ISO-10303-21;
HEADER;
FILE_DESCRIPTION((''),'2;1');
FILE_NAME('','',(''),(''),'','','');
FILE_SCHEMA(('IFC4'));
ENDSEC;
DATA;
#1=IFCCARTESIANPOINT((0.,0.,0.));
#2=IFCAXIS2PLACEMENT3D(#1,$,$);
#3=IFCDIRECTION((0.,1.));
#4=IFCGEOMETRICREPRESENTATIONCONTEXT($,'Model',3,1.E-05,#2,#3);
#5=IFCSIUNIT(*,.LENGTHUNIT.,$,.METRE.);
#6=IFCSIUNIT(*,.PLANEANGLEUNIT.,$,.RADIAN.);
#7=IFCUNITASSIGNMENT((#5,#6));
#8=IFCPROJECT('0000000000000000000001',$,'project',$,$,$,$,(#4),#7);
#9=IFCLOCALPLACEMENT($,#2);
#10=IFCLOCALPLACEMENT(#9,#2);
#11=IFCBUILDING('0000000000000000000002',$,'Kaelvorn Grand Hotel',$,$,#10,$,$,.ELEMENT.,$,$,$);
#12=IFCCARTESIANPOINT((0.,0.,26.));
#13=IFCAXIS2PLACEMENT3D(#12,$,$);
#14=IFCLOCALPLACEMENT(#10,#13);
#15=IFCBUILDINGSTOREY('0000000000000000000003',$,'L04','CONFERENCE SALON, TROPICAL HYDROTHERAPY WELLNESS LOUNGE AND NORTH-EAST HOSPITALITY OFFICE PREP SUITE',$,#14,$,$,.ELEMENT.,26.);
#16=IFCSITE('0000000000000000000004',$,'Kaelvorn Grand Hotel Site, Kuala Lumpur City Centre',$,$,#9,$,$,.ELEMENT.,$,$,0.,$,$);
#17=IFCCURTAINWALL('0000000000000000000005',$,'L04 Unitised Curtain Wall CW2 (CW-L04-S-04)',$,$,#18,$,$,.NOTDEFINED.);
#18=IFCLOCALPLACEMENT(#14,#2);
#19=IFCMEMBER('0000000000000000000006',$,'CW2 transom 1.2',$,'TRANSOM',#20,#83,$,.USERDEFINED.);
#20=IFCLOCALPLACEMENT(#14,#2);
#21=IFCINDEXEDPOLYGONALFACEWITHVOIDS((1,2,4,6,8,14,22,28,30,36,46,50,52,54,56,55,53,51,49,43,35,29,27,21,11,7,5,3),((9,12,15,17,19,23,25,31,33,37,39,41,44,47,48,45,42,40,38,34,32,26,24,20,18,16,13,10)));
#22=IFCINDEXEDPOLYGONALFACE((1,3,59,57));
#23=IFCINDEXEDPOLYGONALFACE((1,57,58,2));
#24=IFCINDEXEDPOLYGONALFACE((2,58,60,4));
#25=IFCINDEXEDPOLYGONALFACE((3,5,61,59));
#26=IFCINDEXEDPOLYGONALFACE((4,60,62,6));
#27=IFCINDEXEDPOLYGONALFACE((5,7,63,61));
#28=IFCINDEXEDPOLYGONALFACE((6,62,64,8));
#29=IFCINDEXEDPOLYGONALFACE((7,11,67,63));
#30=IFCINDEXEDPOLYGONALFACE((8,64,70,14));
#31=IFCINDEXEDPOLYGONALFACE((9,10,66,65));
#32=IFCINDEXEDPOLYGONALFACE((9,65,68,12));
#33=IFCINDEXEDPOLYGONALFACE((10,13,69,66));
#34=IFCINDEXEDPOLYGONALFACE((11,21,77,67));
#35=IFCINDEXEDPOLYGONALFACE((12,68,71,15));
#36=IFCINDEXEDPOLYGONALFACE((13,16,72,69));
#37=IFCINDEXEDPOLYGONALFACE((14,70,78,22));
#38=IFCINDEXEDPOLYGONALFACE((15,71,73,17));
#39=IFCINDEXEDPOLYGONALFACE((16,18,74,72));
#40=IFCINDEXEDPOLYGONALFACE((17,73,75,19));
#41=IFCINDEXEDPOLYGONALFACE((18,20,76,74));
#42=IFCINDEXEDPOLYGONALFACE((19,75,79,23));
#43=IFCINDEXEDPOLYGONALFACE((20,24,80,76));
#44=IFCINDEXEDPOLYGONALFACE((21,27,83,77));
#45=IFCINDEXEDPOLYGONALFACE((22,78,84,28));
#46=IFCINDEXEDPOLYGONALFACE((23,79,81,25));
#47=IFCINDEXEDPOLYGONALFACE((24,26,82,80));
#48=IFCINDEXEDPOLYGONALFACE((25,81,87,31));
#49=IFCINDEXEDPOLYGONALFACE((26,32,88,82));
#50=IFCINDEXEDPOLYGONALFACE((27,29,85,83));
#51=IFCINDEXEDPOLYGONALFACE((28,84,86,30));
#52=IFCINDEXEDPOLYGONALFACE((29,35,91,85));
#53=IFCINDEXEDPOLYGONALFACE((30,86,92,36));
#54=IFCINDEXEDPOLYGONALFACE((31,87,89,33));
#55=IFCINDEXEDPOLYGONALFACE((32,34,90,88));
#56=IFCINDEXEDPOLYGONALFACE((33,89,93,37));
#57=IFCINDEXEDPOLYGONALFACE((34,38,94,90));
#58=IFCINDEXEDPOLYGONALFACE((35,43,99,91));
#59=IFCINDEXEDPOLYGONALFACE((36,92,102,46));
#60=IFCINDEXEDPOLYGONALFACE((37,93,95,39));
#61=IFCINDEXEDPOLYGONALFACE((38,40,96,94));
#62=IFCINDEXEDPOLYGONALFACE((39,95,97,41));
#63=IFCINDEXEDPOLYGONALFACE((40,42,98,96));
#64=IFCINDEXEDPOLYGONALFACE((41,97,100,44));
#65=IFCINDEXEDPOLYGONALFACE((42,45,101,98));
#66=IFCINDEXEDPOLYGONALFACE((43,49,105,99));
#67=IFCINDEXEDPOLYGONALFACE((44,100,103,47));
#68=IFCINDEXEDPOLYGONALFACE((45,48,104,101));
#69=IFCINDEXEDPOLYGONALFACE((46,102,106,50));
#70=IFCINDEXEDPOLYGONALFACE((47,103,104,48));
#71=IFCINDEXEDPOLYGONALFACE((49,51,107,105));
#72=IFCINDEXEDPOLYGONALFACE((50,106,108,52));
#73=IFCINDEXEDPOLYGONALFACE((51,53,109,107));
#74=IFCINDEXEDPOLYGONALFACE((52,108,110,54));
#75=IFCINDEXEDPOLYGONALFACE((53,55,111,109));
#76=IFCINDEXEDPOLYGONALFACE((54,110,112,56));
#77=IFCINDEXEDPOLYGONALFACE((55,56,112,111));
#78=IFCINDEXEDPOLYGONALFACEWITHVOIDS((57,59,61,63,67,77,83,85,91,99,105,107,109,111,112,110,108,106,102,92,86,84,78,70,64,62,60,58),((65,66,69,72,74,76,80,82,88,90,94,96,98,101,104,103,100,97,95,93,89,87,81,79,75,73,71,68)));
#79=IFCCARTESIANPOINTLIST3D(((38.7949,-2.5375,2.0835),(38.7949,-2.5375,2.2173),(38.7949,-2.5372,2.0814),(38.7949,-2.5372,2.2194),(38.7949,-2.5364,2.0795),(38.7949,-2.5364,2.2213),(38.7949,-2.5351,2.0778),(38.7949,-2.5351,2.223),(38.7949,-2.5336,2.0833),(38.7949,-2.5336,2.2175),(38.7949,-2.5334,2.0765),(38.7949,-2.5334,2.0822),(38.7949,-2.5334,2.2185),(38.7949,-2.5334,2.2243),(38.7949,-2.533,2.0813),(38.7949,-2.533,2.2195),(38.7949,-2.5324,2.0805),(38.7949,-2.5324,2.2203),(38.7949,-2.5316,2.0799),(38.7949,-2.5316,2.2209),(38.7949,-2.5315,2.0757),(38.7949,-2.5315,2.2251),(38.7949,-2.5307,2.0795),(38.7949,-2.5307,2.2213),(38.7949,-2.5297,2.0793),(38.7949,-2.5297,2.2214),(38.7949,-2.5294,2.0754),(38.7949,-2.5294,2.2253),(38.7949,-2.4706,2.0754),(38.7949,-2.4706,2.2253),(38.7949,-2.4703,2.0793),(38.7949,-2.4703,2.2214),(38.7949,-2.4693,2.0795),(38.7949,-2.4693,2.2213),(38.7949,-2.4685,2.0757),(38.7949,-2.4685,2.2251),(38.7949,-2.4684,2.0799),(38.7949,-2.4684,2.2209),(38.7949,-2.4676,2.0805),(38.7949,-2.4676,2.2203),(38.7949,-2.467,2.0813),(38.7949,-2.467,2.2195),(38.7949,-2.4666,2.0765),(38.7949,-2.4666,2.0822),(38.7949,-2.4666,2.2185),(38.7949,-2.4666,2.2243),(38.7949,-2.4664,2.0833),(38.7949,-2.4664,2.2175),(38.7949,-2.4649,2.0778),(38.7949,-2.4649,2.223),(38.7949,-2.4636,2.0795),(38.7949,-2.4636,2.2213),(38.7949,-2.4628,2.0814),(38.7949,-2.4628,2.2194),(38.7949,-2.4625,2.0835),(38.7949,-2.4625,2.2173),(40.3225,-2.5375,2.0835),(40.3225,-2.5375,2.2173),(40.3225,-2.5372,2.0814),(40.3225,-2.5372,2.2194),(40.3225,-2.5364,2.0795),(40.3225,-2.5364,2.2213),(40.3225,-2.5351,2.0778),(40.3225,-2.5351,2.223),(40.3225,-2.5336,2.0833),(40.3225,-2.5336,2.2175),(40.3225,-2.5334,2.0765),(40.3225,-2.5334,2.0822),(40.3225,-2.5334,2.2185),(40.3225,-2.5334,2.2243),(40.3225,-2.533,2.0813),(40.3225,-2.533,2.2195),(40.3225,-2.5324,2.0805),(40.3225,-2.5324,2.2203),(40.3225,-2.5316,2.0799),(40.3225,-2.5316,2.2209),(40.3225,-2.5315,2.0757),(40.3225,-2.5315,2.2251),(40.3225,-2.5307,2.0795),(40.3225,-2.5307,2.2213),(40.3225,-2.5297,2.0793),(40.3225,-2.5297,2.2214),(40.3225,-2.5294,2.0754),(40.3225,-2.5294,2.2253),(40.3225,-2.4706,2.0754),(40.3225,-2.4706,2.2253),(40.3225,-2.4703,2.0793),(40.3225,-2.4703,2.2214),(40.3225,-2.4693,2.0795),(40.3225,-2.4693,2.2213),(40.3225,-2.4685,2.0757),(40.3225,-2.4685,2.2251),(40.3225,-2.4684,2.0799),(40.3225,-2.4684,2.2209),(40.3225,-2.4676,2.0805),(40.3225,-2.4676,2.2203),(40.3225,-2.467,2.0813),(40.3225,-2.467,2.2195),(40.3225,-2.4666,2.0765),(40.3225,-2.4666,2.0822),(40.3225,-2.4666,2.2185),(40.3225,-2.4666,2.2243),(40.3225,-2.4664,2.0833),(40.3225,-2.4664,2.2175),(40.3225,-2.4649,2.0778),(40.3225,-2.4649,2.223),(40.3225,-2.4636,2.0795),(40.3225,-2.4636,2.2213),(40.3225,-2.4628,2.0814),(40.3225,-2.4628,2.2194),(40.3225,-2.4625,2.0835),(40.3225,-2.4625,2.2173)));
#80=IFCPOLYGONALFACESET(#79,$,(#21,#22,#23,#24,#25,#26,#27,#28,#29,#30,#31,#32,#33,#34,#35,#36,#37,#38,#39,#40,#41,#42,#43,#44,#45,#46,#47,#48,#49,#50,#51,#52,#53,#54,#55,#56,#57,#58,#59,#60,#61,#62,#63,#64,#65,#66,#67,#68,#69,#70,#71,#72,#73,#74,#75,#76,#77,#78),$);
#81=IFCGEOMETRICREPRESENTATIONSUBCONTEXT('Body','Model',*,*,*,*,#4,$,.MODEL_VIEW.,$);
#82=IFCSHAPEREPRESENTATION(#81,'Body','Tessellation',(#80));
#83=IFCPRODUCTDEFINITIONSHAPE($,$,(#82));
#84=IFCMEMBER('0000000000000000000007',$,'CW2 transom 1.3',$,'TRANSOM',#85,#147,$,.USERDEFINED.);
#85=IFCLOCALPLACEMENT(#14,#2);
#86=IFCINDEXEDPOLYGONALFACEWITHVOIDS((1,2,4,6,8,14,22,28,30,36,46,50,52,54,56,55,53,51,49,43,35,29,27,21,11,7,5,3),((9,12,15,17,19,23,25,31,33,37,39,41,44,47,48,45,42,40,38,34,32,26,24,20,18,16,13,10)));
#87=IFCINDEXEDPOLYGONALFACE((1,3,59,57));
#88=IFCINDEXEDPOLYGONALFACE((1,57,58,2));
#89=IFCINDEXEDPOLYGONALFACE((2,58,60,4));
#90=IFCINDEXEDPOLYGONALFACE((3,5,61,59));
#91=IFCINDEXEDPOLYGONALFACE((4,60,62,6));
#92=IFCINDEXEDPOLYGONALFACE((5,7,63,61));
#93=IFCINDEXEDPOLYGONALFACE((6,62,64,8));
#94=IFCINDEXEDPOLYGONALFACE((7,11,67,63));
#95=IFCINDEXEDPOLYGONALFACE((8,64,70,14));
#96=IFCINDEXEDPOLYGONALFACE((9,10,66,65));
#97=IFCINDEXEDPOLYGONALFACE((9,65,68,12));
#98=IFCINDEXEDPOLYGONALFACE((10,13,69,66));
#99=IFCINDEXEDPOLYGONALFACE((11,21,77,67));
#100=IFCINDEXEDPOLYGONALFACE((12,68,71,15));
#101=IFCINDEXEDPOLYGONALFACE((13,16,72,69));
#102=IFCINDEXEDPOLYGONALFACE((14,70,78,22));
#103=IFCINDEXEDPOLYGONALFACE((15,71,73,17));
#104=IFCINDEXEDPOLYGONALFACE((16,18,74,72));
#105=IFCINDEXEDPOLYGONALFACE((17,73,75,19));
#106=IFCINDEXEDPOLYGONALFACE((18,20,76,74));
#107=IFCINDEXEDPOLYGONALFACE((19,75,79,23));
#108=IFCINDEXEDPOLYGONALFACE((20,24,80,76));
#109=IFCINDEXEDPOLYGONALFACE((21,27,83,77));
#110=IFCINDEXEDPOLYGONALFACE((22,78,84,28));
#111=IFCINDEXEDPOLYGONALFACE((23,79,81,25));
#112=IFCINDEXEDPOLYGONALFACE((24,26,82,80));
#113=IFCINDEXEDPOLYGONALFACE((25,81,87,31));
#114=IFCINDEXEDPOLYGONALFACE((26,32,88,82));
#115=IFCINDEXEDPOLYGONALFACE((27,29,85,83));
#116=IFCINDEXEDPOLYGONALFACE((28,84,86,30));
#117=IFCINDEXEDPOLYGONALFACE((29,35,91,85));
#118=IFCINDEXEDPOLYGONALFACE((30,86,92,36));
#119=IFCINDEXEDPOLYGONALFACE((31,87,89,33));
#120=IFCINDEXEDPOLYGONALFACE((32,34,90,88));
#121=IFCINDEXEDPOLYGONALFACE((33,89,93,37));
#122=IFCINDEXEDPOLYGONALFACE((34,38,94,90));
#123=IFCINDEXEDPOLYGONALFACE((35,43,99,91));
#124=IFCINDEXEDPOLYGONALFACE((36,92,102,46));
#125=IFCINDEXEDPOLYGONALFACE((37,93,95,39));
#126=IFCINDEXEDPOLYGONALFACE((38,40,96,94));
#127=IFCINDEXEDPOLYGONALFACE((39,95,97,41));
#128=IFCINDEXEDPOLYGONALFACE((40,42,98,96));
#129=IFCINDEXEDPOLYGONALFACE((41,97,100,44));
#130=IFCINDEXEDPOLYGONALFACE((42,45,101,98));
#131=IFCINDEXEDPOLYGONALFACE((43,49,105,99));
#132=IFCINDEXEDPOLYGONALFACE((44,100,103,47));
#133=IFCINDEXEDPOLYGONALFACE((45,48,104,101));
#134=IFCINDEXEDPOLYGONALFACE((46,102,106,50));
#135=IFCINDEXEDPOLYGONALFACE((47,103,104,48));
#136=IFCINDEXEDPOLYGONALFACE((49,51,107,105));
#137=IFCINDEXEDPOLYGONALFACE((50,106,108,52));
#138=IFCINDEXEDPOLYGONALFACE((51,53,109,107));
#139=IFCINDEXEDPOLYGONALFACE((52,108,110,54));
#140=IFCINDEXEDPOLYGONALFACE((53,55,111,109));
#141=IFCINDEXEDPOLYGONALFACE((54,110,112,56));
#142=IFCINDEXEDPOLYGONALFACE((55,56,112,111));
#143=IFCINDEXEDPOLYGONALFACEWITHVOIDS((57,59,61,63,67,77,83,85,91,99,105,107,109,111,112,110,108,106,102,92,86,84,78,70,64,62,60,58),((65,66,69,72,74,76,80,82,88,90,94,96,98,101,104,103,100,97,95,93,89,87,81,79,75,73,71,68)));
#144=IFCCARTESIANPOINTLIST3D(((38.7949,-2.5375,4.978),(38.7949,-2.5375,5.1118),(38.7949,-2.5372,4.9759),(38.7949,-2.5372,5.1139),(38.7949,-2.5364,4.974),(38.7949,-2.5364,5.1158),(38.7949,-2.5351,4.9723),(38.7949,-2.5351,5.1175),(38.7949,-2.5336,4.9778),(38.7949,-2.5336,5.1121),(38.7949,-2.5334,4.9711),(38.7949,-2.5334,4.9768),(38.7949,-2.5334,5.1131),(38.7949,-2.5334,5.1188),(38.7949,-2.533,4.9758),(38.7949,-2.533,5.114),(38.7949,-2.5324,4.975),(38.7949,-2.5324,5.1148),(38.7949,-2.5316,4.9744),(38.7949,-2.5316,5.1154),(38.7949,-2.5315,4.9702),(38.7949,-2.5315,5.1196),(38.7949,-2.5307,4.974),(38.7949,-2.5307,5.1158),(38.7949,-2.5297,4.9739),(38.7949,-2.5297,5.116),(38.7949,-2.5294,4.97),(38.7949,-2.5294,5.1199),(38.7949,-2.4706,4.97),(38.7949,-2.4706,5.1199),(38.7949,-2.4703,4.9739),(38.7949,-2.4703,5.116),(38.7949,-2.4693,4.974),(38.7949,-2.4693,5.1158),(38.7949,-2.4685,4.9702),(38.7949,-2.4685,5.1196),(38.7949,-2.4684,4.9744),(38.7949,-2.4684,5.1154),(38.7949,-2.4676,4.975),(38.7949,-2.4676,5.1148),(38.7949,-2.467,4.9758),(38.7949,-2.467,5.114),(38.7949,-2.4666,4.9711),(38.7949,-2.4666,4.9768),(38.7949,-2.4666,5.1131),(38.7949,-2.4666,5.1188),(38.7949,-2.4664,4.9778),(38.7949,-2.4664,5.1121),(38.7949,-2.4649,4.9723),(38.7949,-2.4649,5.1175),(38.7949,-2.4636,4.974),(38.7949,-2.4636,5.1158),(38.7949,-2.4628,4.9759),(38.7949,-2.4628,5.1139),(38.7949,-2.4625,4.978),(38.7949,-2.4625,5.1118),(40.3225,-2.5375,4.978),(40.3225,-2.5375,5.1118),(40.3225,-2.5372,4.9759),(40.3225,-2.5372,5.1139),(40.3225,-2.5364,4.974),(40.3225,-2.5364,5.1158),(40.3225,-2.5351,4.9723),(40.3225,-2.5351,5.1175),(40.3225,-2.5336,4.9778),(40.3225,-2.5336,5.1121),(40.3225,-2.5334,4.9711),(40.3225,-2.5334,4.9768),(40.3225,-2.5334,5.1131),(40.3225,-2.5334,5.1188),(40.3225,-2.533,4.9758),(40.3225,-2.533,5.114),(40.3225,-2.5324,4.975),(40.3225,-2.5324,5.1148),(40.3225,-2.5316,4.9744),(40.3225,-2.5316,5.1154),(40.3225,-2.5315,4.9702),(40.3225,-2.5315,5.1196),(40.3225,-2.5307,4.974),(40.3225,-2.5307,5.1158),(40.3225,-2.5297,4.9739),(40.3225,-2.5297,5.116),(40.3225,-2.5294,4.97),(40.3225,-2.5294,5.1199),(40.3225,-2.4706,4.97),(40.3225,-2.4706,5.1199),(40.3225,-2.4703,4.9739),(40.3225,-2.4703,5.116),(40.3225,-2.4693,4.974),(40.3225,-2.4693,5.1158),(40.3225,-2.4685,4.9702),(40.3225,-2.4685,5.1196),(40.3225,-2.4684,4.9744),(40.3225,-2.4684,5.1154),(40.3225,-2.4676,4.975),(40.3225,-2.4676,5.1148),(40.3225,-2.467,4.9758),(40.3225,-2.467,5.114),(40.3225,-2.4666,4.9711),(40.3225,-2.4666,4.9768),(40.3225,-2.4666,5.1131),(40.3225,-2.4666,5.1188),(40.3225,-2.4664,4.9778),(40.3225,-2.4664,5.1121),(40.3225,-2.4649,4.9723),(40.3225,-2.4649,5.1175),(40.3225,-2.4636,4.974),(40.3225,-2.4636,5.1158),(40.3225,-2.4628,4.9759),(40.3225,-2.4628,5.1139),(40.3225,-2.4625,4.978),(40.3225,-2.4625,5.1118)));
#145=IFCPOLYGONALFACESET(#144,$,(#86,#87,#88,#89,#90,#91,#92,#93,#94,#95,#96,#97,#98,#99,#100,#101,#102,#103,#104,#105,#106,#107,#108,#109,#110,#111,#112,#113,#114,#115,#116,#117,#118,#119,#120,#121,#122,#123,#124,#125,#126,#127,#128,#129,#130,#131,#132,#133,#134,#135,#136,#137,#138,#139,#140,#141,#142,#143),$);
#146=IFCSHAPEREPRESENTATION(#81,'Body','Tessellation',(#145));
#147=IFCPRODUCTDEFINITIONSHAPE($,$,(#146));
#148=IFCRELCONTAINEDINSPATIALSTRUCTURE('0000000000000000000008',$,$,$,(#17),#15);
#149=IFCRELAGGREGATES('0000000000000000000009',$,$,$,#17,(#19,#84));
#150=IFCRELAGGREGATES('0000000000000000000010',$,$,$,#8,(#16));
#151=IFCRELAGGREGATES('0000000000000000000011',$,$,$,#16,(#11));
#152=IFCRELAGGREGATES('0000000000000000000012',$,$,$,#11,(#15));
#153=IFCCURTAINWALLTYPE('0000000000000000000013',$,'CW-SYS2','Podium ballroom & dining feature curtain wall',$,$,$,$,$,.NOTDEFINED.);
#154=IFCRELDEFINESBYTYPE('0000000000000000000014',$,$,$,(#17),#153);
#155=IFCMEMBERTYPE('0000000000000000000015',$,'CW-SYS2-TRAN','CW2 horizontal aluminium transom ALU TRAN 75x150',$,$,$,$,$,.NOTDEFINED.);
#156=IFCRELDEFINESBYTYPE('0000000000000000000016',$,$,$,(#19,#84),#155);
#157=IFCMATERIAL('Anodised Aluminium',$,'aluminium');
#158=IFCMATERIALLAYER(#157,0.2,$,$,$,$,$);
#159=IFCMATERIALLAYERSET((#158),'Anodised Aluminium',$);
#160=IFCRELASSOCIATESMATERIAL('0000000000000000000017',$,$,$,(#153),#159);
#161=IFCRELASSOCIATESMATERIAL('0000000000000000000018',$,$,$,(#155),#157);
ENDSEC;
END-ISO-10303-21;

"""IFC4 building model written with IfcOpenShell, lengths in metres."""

from ifc_helpers import new_model, si_unit, direction, frame, origin, origin_2d, place, context, subcontext, project, spatial, hollow_rectangle, extrude, material, layer, layer_set, material_profile, profile_set, type_object, element, aggregate, save


model = new_model("IFC4")

# Units and contexts
model_context = context("Model", 3, precision=1e-05, world=origin(), true_north=direction((0.0, 1.0)))
body_context = subcontext(model_context, "Body", "Model", "MODEL_VIEW")
ifc_project = project(units=[si_unit("LENGTHUNIT", "METRE"), si_unit("PLANEANGLEUNIT", "RADIAN")], contexts=[model_context])

# Site, building, storey
site_placement = place(None, origin())
site = spatial("IfcSite", under=ifc_project, at=site_placement, Name="Kaelvorn Grand Hotel Site, Kuala Lumpur City Centre", CompositionType="ELEMENT", RefElevation=0.0)
building_placement = place(site_placement, origin())
building = spatial("IfcBuilding", under=site, at=building_placement, Name="Kaelvorn Grand Hotel", CompositionType="ELEMENT")
storey_placement = place(building_placement, frame((0.0, 0.0, 26.0)))
storey = spatial("IfcBuildingStorey", under=building, at=storey_placement, Name="L04", Description="CONFERENCE SALON, TROPICAL HYDROTHERAPY WELLNESS LOUNGE AND NORTH-EAST HOSPITALITY OFFICE PREP SUITE", CompositionType="ELEMENT", Elevation=26.0)

# Curtain wall
ifc_material_1 = material(Name="Anodised Aluminium", Category="aluminium")
ifc_layer_1 = layer(ifc_material_1, 0.2)
ifc_layer_set_1 = layer_set([ifc_layer_1], Name="Anodised Aluminium")
curtain_wall_type = type_object("IfcCurtainWallType", Name="CW-SYS2", Description="Podium ballroom & dining feature curtain wall", PredefinedType="NOTDEFINED", material=ifc_layer_set_1)
curtain_wall_1_placement = place(storey_placement, origin())
curtain_wall_1 = element("IfcCurtainWall", 1, at=curtain_wall_1_placement, inside=storey, type_object=curtain_wall_type, Name="L04 Unitised Curtain Wall CW2 (CW-L04-S-04)", PredefinedType="NOTDEFINED")

# Members
ifc_material_profile_1 = material_profile(ifc_material_1, hollow_rectangle(XDim=0.075, YDim=0.1499, WallThickness=0.0039, InnerFilletRadius=0.0039, OuterFilletRadius=0.0081, at=origin_2d()), Name="ALU TRAN 75x150")
ifc_profile_set_1 = profile_set([ifc_material_profile_1], Name="Anodised Aluminium")
member_type_1 = type_object("IfcMemberType", Name="CW-SYS2-TRAN", Description="CW2 horizontal aluminium transom ALU TRAN 75x150", PredefinedType="NOTDEFINED", material=ifc_profile_set_1)
member_1_placement = place(storey_placement, frame((38.7949, -2.5, 2.1504), z_axis=(1.0, 0.0, 0.0), x_axis=(0.0, 1.0, 0.0)))
member_1 = element("IfcMember", 2, at=member_1_placement, type_object=member_type_1, Name="CW2 transom 1.2", ObjectType="TRANSOM", PredefinedType="USERDEFINED", context=body_context, shape_type="SweptSolid", body=[
    extrude(hollow_rectangle(XDim=0.075, YDim=0.1499, WallThickness=0.0039, InnerFilletRadius=0.0039, OuterFilletRadius=0.0081, at=origin_2d()), origin(), (0.0, 0.0, 1.0), 1.5276),
])
member_2_placement = place(storey_placement, frame((38.7949, -2.5, 5.0449), z_axis=(1.0, 0.0, 0.0), x_axis=(0.0, 1.0, 0.0)))
member_2 = element("IfcMember", 3, at=member_2_placement, type_object=member_type_1, Name="CW2 transom 1.3", ObjectType="TRANSOM", PredefinedType="USERDEFINED", context=body_context, shape_type="SweptSolid", body=[
    extrude(hollow_rectangle(XDim=0.075, YDim=0.1499, WallThickness=0.0039, InnerFilletRadius=0.0039, OuterFilletRadius=0.0081, at=origin_2d()), origin(), (0.0, 0.0, 1.0), 1.5276),
])

aggregate(curtain_wall_1, [member_1, member_2])

save(model, "model.ifc")
